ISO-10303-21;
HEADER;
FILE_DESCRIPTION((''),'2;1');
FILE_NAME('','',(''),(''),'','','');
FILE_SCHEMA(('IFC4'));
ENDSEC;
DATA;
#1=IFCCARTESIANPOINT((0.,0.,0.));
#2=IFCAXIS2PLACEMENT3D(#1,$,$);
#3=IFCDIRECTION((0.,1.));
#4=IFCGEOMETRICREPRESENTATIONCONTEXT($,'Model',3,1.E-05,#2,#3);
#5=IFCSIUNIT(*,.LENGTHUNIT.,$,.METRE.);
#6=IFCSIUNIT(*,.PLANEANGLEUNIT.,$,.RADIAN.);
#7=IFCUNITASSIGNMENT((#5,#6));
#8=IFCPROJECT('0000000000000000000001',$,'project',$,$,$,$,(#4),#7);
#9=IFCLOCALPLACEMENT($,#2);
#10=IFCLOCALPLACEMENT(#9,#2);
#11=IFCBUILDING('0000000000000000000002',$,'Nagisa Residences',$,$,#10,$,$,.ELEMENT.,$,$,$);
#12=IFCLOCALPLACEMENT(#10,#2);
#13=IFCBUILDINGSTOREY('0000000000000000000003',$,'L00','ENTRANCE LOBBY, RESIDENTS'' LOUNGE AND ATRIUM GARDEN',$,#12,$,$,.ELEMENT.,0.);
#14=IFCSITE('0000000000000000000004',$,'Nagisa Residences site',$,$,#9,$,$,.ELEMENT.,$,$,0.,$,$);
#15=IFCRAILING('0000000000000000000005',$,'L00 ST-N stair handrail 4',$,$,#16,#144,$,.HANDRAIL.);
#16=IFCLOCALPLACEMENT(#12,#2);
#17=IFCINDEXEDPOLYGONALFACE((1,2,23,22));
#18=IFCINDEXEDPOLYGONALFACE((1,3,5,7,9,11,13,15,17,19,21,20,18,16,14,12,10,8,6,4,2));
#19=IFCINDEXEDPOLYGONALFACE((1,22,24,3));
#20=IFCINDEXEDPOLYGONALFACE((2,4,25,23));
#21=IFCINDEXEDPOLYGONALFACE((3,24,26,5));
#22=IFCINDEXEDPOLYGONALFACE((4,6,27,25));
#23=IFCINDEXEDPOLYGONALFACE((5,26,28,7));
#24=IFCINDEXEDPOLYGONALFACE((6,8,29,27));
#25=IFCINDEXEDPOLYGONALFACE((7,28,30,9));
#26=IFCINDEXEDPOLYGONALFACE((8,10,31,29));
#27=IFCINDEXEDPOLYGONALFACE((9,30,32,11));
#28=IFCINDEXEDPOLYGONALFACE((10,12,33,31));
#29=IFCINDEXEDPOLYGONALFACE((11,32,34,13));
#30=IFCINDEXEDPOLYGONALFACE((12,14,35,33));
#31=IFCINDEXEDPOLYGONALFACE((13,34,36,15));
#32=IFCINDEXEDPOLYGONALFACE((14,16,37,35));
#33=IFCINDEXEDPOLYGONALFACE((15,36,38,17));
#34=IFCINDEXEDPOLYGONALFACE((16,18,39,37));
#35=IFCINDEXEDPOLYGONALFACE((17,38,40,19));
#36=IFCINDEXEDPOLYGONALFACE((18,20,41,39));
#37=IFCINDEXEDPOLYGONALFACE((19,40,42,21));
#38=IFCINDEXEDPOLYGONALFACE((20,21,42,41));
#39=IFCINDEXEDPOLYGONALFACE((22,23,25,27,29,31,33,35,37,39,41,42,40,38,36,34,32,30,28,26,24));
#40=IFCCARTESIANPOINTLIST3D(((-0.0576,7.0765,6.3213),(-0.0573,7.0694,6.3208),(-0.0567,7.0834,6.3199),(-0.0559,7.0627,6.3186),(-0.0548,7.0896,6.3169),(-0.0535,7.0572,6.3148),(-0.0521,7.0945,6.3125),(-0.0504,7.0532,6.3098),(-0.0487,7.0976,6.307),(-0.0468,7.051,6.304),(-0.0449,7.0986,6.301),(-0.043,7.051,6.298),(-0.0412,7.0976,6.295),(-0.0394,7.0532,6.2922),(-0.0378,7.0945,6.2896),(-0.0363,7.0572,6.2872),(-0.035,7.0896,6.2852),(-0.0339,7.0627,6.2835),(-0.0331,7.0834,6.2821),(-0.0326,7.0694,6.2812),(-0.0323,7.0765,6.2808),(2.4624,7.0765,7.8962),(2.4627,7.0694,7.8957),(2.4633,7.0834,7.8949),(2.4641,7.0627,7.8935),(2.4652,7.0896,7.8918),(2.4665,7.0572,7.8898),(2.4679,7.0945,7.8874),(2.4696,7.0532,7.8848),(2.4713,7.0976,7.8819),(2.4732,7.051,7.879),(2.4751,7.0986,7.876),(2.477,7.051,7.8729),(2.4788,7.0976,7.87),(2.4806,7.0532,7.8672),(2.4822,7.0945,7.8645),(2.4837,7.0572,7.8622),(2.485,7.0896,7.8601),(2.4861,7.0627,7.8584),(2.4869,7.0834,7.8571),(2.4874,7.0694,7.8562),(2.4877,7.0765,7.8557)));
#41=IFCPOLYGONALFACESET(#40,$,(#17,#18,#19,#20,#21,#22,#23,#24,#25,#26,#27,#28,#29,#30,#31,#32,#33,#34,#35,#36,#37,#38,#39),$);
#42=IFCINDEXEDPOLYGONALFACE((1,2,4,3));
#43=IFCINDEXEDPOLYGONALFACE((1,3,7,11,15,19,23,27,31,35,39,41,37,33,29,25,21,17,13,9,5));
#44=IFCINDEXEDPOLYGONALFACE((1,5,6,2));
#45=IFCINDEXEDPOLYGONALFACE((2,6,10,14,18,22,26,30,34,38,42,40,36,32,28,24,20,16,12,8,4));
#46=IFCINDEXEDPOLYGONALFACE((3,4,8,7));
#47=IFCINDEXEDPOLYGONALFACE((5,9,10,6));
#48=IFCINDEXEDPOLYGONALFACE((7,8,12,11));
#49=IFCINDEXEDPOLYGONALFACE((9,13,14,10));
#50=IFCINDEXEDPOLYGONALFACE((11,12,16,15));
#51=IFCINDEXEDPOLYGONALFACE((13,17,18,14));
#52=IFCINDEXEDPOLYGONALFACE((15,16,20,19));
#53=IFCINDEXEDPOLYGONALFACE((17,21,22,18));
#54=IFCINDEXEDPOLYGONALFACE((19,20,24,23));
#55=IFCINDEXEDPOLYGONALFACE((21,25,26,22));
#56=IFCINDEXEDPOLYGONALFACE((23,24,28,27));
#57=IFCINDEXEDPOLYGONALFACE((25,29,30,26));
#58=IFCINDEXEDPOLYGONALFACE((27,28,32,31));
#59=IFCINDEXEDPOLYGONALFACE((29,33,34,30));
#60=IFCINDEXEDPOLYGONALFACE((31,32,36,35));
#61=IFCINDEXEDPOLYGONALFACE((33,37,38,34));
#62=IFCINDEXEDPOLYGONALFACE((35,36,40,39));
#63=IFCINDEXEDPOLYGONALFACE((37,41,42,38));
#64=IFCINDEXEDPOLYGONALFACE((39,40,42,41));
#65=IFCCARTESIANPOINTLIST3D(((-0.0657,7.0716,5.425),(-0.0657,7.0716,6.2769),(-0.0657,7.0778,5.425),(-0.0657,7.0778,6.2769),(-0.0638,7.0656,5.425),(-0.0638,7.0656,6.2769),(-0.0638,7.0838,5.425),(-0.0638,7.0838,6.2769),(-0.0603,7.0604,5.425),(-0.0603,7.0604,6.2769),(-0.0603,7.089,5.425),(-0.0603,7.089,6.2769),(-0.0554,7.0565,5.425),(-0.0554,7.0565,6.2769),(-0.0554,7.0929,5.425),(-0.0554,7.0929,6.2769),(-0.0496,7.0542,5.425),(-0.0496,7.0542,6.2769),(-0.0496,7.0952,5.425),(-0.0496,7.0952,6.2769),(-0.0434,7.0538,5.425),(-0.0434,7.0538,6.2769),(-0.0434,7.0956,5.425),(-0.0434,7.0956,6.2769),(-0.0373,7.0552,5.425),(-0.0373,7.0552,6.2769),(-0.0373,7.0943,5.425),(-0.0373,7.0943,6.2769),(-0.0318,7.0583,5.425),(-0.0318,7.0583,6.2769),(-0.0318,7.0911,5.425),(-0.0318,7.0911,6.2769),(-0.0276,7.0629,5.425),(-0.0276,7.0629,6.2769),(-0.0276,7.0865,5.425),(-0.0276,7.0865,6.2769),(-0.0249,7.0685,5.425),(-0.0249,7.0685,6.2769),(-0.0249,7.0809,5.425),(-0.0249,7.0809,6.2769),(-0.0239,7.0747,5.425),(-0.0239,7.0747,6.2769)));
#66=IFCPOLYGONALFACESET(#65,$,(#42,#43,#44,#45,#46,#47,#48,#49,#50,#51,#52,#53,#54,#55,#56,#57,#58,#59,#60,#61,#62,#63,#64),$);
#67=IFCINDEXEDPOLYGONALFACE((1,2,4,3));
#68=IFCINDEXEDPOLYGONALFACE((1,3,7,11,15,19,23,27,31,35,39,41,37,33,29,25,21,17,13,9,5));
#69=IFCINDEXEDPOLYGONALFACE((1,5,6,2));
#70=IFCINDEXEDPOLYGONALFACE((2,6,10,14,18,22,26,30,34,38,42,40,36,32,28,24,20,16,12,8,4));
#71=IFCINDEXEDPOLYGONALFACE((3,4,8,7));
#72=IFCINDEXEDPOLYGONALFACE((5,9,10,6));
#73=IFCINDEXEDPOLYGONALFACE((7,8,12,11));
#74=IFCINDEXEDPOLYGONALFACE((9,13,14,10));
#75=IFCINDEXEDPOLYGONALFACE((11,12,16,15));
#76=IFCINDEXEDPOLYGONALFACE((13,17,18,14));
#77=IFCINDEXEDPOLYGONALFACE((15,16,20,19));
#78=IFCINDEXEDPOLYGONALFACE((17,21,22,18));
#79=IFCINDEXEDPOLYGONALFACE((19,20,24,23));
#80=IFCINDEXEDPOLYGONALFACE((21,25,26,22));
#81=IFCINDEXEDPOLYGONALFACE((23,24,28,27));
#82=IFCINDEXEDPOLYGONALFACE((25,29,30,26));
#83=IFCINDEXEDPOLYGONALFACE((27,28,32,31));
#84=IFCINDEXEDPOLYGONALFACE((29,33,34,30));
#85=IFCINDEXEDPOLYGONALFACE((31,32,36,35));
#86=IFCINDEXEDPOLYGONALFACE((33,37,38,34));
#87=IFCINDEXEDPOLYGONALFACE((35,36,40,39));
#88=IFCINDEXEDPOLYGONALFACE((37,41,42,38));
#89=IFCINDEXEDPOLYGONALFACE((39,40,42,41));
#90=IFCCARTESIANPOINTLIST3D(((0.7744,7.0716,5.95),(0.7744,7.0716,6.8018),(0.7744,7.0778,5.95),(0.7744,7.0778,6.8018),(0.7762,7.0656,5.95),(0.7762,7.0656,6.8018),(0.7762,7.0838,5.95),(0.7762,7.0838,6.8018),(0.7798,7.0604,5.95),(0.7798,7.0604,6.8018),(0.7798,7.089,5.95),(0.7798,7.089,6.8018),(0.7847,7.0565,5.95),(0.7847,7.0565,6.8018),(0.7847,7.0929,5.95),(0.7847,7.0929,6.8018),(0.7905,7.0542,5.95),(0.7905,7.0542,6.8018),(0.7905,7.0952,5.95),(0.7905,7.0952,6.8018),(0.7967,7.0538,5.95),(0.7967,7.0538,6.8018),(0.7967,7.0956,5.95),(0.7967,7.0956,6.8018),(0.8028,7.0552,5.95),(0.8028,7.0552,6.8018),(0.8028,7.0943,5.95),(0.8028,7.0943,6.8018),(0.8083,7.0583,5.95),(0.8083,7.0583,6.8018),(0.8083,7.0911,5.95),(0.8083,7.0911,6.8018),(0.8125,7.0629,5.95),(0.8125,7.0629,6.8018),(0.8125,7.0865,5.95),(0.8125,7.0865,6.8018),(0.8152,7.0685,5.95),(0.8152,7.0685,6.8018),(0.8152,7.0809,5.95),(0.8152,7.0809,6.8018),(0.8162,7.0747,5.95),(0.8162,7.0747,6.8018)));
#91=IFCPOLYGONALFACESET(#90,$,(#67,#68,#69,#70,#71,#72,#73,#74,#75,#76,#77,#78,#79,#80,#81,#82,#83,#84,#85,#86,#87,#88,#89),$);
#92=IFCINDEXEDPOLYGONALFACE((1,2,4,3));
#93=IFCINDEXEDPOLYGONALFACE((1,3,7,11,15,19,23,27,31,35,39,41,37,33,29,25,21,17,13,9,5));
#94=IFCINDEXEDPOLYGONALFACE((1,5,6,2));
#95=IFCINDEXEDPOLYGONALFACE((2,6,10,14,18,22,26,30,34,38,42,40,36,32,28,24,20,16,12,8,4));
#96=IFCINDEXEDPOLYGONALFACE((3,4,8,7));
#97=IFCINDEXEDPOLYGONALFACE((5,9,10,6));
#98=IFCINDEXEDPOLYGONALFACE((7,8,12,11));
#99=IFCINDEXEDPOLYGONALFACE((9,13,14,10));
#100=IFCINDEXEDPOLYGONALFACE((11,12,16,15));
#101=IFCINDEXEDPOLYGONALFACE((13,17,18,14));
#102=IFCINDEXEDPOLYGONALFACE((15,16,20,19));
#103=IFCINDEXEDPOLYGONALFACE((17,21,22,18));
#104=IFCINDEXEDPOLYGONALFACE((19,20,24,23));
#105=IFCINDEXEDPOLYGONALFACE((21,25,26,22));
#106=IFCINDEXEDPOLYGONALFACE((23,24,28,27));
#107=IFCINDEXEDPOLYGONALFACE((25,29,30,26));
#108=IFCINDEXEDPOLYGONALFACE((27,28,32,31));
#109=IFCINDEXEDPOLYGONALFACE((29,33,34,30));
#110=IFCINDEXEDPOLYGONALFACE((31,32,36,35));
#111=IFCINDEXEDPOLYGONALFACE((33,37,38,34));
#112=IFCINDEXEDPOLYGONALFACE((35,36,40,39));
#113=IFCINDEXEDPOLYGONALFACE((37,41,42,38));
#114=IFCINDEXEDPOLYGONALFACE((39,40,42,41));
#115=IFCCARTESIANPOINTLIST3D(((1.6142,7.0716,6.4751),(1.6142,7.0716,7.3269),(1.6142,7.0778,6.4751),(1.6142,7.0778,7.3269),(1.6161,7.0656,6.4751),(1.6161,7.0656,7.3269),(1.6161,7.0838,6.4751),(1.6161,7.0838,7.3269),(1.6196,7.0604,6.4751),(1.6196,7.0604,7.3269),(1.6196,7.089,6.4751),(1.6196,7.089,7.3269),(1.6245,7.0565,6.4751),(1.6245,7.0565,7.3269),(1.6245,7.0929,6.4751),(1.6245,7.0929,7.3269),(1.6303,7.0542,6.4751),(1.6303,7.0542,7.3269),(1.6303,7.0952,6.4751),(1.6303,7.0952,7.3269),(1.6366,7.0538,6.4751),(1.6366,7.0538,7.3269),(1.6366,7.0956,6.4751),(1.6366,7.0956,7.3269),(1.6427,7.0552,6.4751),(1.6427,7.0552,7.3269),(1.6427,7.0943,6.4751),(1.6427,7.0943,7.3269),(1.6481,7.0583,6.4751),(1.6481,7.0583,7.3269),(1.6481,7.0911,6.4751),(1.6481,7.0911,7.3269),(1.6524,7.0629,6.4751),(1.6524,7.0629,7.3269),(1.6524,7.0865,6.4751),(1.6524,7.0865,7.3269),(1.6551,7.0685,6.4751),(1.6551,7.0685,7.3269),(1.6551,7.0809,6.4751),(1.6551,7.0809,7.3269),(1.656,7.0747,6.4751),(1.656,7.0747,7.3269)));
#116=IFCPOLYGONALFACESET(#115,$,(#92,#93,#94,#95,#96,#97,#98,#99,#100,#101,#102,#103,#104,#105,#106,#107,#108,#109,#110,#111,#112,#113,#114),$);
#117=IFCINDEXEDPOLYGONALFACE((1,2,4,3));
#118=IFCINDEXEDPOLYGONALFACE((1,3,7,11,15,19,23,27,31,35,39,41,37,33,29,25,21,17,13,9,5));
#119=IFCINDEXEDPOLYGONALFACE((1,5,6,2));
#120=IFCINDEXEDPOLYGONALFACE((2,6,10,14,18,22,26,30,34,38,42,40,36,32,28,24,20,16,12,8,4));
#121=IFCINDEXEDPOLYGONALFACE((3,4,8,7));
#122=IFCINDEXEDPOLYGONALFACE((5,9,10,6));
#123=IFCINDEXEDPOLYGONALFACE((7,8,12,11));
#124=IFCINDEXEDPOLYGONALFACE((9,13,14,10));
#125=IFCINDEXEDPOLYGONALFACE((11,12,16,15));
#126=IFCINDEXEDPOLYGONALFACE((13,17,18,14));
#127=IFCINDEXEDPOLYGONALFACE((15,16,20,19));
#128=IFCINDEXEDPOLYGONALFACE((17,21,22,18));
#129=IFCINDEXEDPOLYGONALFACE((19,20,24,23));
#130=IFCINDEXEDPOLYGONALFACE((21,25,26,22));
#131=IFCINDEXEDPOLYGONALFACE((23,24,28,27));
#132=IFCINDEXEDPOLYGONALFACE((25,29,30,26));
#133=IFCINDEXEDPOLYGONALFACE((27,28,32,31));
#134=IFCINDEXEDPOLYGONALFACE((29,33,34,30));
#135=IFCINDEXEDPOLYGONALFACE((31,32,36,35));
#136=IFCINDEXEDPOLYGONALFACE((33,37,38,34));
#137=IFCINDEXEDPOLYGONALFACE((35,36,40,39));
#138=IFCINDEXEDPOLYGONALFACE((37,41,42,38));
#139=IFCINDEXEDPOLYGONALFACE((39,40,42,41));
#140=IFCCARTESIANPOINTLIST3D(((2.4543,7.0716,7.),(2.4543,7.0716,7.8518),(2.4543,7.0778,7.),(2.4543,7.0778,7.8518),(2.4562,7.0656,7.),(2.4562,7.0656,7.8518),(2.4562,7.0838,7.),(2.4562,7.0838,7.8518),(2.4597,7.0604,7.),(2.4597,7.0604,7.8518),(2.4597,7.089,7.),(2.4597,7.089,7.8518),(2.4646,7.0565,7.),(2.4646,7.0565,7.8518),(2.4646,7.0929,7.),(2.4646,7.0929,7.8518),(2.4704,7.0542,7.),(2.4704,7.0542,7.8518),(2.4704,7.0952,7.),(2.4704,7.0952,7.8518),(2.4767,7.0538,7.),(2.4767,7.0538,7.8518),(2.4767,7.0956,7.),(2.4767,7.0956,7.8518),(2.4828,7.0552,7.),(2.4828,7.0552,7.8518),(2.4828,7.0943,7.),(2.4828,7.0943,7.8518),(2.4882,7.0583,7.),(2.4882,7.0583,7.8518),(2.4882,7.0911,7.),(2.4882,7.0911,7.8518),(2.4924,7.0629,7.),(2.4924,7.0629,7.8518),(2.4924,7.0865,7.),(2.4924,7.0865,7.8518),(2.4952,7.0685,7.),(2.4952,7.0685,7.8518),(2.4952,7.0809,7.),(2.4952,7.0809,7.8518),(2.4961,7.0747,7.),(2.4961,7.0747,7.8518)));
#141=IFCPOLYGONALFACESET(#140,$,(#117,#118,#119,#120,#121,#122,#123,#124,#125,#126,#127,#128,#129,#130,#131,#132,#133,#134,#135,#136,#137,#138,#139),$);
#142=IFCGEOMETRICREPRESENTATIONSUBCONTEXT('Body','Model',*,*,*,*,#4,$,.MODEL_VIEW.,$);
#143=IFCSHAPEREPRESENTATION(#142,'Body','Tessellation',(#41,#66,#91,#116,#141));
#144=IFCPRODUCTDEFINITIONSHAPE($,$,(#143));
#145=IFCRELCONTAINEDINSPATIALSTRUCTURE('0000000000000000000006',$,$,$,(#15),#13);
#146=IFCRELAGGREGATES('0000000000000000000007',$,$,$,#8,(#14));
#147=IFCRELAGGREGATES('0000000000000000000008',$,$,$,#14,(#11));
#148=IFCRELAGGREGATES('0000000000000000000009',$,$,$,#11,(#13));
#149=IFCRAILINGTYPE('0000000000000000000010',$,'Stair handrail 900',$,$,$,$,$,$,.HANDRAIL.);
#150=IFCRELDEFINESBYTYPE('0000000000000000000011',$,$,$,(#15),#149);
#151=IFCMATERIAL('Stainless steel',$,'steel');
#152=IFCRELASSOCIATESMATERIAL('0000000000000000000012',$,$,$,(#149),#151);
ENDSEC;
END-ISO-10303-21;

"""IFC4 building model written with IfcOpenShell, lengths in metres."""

from ifc_helpers import new_model, si_unit, direction, frame, origin, origin_2d, place, context, subcontext, project, spatial, circle, extrude, material, type_object, element, save


model = new_model("IFC4")

# Units and contexts
model_context = context("Model", 3, precision=1e-05, world=origin(), true_north=direction((0.0, 1.0)))
body_context = subcontext(model_context, "Body", "Model", "MODEL_VIEW")
ifc_project = project(units=[si_unit("LENGTHUNIT", "METRE"), si_unit("PLANEANGLEUNIT", "RADIAN")], contexts=[model_context])

# Site, building, storey
site_placement = place(None, origin())
site = spatial("IfcSite", under=ifc_project, at=site_placement, Name="Nagisa Residences site", CompositionType="ELEMENT", RefElevation=0.0)
building_placement = place(site_placement, origin())
building = spatial("IfcBuilding", under=site, at=building_placement, Name="Nagisa Residences", CompositionType="ELEMENT")
storey_placement = place(building_placement, origin())
storey = spatial("IfcBuildingStorey", under=building, at=storey_placement, Name="L00", Description="ENTRANCE LOBBY, RESIDENTS' LOUNGE AND ATRIUM GARDEN", CompositionType="ELEMENT", Elevation=0.0)

# Railing
ifc_material_1 = material(Name="Stainless steel", Category="steel")
railing_type_1 = type_object("IfcRailingType", Name="Stair handrail 900", PredefinedType="HANDRAIL", material=ifc_material_1)
for number, where, name in (
    (1, (-0.0449, 7.0747, 5.425), "L00 ST-N stair handrail 4"),
):
    element("IfcRailing", number, at=place(storey_placement, frame(where)), inside=storey, type_object=railing_type_1, Name=name, PredefinedType="HANDRAIL", context=body_context, shape_type="SweptSolid", body=[
        extrude(circle(Radius=0.0239, at=origin_2d()), frame((0.0, 0.0, 0.876), z_axis=(0.848008, 0.0, 0.529984), x_axis=(0.0, 1.0, 0.0)), (0.0, 0.0, 1.0), 2.9717),
        extrude(circle(Radius=0.021, at=origin_2d()), origin(), (0.0, 0.0, 1.0), 0.8518),
        extrude(circle(Radius=0.021, at=origin_2d()), frame((0.8401, 0.0, 0.5249)), (0.0, 0.0, 1.0), 0.8518),
        extrude(circle(Radius=0.021, at=origin_2d()), frame((1.6799, 0.0, 1.05)), (0.0, 0.0, 1.0), 0.8518),
        extrude(circle(Radius=0.021, at=origin_2d()), frame((2.52, 0.0, 1.575)), (0.0, 0.0, 1.0), 0.8518),
    ])

save(model, "model.ifc")
